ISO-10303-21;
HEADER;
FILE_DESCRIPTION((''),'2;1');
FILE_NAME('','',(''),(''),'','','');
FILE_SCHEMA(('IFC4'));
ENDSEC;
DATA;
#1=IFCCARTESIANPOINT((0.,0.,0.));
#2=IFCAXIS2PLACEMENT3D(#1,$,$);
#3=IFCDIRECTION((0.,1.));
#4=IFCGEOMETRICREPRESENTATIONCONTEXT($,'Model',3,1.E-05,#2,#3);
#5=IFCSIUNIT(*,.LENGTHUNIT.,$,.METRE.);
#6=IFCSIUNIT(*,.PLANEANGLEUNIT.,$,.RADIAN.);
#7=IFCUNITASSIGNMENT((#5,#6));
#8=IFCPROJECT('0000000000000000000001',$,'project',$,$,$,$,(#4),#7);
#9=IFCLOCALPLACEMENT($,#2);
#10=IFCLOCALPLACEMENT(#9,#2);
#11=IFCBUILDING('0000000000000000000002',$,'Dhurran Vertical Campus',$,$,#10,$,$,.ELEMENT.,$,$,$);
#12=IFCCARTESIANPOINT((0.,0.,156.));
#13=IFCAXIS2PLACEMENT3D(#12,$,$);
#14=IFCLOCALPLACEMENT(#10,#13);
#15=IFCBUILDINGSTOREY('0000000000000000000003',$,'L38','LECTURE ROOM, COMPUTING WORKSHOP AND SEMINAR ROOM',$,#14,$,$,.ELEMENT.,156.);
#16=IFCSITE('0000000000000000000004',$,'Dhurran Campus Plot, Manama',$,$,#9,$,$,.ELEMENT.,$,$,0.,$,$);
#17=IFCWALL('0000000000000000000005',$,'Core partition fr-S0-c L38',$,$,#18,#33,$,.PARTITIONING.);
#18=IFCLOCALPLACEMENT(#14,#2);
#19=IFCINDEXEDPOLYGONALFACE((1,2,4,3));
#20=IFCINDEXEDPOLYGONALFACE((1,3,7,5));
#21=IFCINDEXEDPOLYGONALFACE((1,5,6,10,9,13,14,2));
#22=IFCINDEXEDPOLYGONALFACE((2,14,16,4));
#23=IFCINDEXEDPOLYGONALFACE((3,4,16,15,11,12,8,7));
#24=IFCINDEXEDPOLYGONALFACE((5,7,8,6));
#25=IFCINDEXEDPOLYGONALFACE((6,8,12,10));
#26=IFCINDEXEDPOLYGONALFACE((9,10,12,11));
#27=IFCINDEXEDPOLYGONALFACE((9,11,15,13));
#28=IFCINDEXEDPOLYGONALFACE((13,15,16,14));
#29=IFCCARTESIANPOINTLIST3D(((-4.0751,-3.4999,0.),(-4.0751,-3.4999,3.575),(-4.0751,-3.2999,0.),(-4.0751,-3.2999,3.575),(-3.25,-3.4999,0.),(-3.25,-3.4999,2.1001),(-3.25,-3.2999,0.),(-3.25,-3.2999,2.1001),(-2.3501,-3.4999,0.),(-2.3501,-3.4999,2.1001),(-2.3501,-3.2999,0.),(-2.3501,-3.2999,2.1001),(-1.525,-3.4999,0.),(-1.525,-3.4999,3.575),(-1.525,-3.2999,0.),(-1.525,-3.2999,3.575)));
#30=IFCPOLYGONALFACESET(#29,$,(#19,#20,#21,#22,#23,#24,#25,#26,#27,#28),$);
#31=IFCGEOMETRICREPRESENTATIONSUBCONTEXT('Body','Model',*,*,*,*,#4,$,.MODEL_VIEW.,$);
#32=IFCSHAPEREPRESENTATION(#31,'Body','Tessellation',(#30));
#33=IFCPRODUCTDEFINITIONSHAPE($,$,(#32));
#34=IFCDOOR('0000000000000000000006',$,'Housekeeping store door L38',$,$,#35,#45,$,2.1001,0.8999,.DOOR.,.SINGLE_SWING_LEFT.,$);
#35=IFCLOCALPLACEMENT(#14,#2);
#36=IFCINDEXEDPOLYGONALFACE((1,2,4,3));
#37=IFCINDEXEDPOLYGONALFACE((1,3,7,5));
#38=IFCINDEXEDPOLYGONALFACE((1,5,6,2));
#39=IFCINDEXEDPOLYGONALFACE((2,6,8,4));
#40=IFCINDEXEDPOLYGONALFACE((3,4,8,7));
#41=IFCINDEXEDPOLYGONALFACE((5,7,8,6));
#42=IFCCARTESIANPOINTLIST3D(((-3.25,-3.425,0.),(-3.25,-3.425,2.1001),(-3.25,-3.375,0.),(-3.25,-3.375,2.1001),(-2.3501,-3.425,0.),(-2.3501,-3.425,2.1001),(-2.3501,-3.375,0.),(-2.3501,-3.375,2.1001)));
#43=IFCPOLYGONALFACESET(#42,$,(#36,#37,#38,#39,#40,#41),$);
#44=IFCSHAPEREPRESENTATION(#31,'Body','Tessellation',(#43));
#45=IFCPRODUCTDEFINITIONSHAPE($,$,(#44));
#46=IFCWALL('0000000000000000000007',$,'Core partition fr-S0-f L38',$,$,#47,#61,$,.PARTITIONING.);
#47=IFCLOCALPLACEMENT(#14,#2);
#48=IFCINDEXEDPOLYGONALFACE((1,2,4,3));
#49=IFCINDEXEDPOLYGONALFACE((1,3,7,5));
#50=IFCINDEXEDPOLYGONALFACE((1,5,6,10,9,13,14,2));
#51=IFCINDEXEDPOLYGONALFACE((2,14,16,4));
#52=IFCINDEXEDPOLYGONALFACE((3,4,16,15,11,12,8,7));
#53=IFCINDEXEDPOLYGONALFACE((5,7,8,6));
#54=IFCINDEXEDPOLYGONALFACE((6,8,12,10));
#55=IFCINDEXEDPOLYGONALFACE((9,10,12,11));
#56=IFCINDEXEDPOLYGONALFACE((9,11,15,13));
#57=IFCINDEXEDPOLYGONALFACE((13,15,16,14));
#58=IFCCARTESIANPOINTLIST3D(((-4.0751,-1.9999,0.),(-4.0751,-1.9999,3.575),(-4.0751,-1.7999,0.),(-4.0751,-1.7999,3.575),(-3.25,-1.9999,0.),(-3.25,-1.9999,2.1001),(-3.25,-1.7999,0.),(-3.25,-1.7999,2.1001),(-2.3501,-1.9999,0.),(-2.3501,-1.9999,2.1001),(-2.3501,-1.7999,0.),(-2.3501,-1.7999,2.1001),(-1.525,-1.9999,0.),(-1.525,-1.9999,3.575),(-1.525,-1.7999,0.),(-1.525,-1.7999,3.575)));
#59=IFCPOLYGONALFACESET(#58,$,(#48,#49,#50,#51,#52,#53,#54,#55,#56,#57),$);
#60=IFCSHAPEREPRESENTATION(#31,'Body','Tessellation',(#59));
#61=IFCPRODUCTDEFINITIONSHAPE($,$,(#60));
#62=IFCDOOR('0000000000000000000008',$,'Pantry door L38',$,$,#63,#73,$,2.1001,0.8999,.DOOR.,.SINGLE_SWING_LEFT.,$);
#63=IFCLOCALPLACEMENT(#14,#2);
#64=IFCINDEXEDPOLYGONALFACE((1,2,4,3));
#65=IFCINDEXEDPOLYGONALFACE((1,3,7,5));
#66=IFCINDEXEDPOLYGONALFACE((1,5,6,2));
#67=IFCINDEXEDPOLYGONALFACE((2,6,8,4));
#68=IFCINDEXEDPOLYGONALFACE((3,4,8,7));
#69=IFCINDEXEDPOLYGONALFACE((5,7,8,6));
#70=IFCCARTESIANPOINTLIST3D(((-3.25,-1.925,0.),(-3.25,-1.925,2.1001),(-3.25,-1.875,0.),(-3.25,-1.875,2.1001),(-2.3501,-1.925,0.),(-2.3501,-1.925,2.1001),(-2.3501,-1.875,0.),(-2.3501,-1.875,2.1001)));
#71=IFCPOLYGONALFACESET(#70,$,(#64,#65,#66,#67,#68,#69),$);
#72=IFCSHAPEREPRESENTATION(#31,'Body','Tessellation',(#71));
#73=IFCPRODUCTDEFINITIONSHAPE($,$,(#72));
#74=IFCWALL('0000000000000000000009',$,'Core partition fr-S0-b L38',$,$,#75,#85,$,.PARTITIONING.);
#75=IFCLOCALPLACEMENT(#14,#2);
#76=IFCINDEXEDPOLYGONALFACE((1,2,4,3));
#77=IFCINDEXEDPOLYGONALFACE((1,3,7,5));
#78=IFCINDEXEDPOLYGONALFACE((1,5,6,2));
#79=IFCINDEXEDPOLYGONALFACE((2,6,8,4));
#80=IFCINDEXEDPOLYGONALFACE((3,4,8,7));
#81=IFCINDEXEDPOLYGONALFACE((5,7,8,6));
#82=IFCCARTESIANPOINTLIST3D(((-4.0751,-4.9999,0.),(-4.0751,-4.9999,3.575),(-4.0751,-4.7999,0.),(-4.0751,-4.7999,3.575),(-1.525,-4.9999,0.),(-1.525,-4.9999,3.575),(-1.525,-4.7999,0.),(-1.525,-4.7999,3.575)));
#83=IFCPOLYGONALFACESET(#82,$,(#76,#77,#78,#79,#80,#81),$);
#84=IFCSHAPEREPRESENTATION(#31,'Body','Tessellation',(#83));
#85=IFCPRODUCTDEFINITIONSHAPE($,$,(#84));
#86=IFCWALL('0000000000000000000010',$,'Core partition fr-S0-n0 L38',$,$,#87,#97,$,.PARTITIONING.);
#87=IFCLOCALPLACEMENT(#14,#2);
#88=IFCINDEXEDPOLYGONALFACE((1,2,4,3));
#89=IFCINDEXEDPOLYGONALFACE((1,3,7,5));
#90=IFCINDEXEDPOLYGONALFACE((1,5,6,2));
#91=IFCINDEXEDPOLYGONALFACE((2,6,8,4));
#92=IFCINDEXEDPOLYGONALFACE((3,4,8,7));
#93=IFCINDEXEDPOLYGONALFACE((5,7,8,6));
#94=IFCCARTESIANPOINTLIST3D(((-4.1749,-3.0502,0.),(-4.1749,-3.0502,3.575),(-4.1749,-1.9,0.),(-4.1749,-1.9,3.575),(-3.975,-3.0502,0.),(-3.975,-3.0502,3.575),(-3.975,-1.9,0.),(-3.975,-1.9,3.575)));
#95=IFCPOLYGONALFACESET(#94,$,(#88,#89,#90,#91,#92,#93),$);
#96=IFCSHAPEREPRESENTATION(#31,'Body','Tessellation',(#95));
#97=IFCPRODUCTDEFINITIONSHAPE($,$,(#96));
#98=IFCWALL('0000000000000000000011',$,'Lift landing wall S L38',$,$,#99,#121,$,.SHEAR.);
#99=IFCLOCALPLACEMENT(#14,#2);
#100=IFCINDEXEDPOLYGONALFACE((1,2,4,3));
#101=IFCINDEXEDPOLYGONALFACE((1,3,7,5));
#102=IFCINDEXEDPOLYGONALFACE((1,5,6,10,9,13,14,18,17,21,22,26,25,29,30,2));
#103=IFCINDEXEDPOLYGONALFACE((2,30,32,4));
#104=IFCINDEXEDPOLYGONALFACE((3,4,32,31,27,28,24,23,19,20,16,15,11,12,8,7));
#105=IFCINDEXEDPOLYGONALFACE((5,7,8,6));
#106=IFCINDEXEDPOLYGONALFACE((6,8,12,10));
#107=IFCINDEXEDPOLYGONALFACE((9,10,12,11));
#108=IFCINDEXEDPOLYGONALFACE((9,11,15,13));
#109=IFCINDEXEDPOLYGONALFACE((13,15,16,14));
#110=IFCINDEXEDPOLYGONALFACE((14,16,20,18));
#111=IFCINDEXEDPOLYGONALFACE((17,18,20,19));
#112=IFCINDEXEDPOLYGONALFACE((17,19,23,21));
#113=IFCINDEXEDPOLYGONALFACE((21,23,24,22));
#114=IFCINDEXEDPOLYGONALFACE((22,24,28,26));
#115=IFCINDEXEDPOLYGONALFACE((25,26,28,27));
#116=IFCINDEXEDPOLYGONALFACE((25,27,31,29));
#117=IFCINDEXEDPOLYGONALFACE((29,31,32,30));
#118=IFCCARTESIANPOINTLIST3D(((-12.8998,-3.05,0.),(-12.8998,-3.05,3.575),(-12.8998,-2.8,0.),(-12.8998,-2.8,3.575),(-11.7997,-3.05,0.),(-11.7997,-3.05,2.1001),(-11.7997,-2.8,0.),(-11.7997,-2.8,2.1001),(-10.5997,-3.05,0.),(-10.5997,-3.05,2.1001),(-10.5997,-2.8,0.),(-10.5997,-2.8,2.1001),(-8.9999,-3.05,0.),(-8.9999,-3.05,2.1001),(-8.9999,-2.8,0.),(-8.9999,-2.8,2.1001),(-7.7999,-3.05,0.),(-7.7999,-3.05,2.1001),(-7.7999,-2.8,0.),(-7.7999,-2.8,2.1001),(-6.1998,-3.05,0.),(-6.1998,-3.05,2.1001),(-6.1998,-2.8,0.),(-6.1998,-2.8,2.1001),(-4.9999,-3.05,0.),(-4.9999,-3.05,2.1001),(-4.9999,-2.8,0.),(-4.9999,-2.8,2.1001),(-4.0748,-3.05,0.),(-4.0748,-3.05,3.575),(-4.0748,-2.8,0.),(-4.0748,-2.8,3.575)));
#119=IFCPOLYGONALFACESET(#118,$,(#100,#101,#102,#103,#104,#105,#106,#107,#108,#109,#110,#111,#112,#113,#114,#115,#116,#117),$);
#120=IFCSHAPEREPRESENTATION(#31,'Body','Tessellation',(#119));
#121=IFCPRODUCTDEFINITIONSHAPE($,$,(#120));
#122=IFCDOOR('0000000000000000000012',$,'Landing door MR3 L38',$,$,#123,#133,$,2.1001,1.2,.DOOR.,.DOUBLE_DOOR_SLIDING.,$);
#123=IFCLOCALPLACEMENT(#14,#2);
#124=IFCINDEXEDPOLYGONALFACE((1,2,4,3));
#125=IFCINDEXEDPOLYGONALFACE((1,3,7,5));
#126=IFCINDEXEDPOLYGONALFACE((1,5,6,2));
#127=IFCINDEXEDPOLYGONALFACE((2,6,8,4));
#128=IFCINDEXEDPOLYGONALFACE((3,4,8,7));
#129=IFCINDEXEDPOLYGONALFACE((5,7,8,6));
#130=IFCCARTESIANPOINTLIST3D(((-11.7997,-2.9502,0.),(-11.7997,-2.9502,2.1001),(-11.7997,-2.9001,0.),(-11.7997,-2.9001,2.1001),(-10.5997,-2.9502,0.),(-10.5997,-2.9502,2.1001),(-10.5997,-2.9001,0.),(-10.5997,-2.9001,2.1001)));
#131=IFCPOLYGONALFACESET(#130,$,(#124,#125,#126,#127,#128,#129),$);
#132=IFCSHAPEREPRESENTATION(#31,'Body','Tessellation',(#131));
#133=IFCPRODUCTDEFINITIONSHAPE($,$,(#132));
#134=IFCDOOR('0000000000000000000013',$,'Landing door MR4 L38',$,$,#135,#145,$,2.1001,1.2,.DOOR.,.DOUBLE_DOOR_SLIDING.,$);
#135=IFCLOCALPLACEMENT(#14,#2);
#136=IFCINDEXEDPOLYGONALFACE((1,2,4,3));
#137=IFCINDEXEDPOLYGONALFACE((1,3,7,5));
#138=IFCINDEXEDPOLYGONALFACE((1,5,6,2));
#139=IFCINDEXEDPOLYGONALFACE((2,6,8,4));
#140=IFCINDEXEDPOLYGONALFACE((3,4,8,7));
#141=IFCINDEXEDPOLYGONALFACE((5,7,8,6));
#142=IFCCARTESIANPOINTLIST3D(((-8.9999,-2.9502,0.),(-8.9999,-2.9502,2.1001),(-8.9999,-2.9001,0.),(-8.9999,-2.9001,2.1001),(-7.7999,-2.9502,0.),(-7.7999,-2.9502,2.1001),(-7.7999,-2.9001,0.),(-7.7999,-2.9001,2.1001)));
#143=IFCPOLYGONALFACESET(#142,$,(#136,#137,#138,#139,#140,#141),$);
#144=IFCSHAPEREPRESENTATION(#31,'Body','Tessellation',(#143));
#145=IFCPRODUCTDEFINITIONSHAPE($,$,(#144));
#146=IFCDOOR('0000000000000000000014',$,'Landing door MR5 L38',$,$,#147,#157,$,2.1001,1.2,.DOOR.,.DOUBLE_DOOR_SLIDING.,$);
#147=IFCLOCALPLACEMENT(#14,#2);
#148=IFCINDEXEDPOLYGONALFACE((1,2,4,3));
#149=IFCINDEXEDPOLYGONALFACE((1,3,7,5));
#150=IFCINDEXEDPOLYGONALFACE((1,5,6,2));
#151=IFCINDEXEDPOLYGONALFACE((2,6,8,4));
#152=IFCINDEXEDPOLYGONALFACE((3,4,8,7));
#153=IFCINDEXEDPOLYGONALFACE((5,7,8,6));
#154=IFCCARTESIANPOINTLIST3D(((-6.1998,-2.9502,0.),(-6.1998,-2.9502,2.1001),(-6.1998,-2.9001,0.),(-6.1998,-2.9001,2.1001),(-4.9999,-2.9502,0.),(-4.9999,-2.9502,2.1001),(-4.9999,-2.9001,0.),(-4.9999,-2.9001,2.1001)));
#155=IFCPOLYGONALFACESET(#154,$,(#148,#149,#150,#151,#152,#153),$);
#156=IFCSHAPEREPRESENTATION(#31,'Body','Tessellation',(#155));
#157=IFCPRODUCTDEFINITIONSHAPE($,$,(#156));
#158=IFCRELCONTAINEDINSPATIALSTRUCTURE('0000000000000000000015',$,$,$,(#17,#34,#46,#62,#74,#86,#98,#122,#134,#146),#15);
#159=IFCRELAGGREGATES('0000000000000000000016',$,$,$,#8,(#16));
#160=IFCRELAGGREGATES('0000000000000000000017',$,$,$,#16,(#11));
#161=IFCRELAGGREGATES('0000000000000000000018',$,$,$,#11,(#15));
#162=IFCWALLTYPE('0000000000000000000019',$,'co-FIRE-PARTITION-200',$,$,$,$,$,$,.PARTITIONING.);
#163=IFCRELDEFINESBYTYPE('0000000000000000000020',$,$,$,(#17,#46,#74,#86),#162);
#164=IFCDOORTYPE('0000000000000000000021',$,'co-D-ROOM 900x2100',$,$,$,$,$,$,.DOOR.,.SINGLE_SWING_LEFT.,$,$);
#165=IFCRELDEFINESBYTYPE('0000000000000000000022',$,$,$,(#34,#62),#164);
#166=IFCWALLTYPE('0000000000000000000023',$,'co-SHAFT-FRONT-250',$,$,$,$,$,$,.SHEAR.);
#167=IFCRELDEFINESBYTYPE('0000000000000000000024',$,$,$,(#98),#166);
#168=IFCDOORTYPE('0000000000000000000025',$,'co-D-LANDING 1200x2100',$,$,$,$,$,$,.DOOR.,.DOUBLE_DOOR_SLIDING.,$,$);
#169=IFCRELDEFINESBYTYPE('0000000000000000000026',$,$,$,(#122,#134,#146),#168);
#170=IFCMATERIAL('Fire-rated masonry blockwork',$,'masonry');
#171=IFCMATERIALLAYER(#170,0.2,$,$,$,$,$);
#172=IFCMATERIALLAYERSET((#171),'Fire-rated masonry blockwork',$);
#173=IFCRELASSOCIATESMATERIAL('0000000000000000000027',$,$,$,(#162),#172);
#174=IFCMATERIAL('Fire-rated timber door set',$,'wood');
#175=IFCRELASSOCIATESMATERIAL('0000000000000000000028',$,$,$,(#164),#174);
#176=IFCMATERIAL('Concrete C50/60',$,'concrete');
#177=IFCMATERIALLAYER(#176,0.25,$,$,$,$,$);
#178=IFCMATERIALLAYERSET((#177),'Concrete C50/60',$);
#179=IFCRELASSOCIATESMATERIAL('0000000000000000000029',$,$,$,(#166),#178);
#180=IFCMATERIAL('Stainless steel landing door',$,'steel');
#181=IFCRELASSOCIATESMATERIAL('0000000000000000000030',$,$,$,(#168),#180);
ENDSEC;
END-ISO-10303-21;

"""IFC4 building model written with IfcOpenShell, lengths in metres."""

from ifc_helpers import new_model, si_unit, direction, frame, frame_2d, origin, place, context, subcontext, project, spatial, rectangle, extrude, material, layer, layer_set, type_object, element, fill, save


model = new_model("IFC4")

# Units and contexts
model_context = context("Model", 3, precision=1e-05, world=origin(), true_north=direction((0.0, 1.0)))
body_context = subcontext(model_context, "Body", "Model", "MODEL_VIEW")
ifc_project = project(units=[si_unit("LENGTHUNIT", "METRE"), si_unit("PLANEANGLEUNIT", "RADIAN")], contexts=[model_context])

# Site, building, storey
site_placement = place(None, origin())
site = spatial("IfcSite", under=ifc_project, at=site_placement, Name="Dhurran Campus Plot, Manama", CompositionType="ELEMENT", RefElevation=0.0)
building_placement = place(site_placement, origin())
building = spatial("IfcBuilding", under=site, at=building_placement, Name="Dhurran Vertical Campus", CompositionType="ELEMENT")
storey_placement = place(building_placement, frame((0.0, 0.0, 156.0)))
storey = spatial("IfcBuildingStorey", under=building, at=storey_placement, Name="L38", Description="LECTURE ROOM, COMPUTING WORKSHOP AND SEMINAR ROOM", CompositionType="ELEMENT", Elevation=156.0)

# Shared definitions
ifc_material_1 = material(Name="Fire-rated masonry blockwork", Category="masonry")
ifc_layer_1 = layer(ifc_material_1, 0.2)
ifc_layer_set_1 = layer_set([ifc_layer_1], Name="Fire-rated masonry blockwork")
wall_type_1 = type_object("IfcWallType", Name="co-FIRE-PARTITION-200", PredefinedType="PARTITIONING", material=ifc_layer_set_1)

# Walls, openings, doors
wall_1_placement = place(storey_placement, frame((-4.075, -3.3999, 0.0), z_axis=(0.0, 0.0, 1.0), x_axis=(1.0, 0.0, 0.0)))
wall_1 = element("IfcWall", 1, at=wall_1_placement, inside=storey, type_object=wall_type_1, Name="Core partition fr-S0-c L38", PredefinedType="PARTITIONING", context=body_context, shape_type="SweptSolid", body=[
    extrude(rectangle(XDim=2.55, YDim=0.2, at=frame_2d((1.2749, 0.0))), origin(), (0.0, 0.0, 1.0), 3.575),
])
opening_1_placement = place(wall_1_placement, frame((0.825, 0.0, 0.0)))
opening_1 = element("IfcOpeningElement", 2, at=opening_1_placement, cuts=wall_1, PredefinedType="OPENING", context=body_context, shape_type="SweptSolid", body=[
    extrude(rectangle(XDim=0.8999, YDim=2.1001, at=frame_2d((0.45, 1.05))), frame((0.0, 0.1099, 0.0), z_axis=(0.0, -1.0, 0.0), x_axis=(1.0, 0.0, 0.0)), (0.0, 0.0, 1.0), 0.22),
])
ifc_material_2 = material(Name="Fire-rated timber door set", Category="wood")
door_type_1 = type_object("IfcDoorType", Name="co-D-ROOM 900x2100", OperationType="SINGLE_SWING_LEFT", PredefinedType="DOOR", material=ifc_material_2)
door_1_placement = place(opening_1_placement, origin())
door_1 = element("IfcDoor", 3, at=door_1_placement, inside=storey, type_object=door_type_1, Name="Housekeeping store door L38", OperationType="SINGLE_SWING_LEFT", OverallHeight=2.1001, OverallWidth=0.8999, PredefinedType="DOOR", context=body_context, shape_type="SweptSolid", body=[
    extrude(rectangle(XDim=0.8999, YDim=2.1001, at=frame_2d((0.45, 1.05))), frame((0.0, 0.0249, 0.0), z_axis=(0.0, -1.0, 0.0), x_axis=(1.0, 0.0, 0.0)), (0.0, 0.0, 1.0), 0.05),
])
fill(opening_1, door_1)
wall_2_placement = place(storey_placement, frame((-4.075, -1.8999, 0.0), z_axis=(0.0, 0.0, 1.0), x_axis=(1.0, 0.0, 0.0)))
wall_2 = element("IfcWall", 4, at=wall_2_placement, inside=storey, type_object=wall_type_1, Name="Core partition fr-S0-f L38", PredefinedType="PARTITIONING", context=body_context, shape_type="SweptSolid", body=[
    extrude(rectangle(XDim=2.55, YDim=0.2, at=frame_2d((1.2749, 0.0))), origin(), (0.0, 0.0, 1.0), 3.575),
])
opening_2_placement = place(wall_2_placement, frame((0.825, 0.0, 0.0)))
opening_2 = element("IfcOpeningElement", 5, at=opening_2_placement, cuts=wall_2, PredefinedType="OPENING", context=body_context, shape_type="SweptSolid", body=[
    extrude(rectangle(XDim=0.8999, YDim=2.1001, at=frame_2d((0.45, 1.05))), frame((0.0, 0.1099, 0.0), z_axis=(0.0, -1.0, 0.0), x_axis=(1.0, 0.0, 0.0)), (0.0, 0.0, 1.0), 0.22),
])
door_2_placement = place(opening_2_placement, origin())
door_2 = element("IfcDoor", 6, at=door_2_placement, inside=storey, type_object=door_type_1, Name="Pantry door L38", OperationType="SINGLE_SWING_LEFT", OverallHeight=2.1001, OverallWidth=0.8999, PredefinedType="DOOR", context=body_context, shape_type="SweptSolid", body=[
    extrude(rectangle(XDim=0.8999, YDim=2.1001, at=frame_2d((0.45, 1.05))), frame((0.0, 0.0249, 0.0), z_axis=(0.0, -1.0, 0.0), x_axis=(1.0, 0.0, 0.0)), (0.0, 0.0, 1.0), 0.05),
])
fill(opening_2, door_2)

# Walls
wall_3_placement = place(storey_placement, frame((-4.075, -4.8999, 0.0), z_axis=(0.0, 0.0, 1.0), x_axis=(1.0, 0.0, 0.0)))
element("IfcWall", 7, at=wall_3_placement, inside=storey, type_object=wall_type_1, Name="Core partition fr-S0-b L38", PredefinedType="PARTITIONING", context=body_context, shape_type="SweptSolid", body=[
    extrude(rectangle(XDim=2.55, YDim=0.2, at=frame_2d((1.2749, 0.0))), origin(), (0.0, 0.0, 1.0), 3.575),
])
wall_4_placement = place(storey_placement, frame((-4.075, -1.8999, 0.0), z_axis=(0.0, 0.0, 1.0), x_axis=(0.0, -1.0, 0.0)))
element("IfcWall", 8, at=wall_4_placement, inside=storey, type_object=wall_type_1, Name="Core partition fr-S0-n0 L38", PredefinedType="PARTITIONING", context=body_context, shape_type="SweptSolid", body=[
    extrude(rectangle(XDim=1.1501, YDim=0.2, at=frame_2d((0.5752, 0.0))), origin(), (0.0, 0.0, 1.0), 3.575),
])

# Wall, openings, doors
ifc_material_3 = material(Name="Concrete C50/60", Category="concrete")
ifc_layer_2 = layer(ifc_material_3, 0.25)
ifc_layer_set_2 = layer_set([ifc_layer_2], Name="Concrete C50/60")
wall_type_2 = type_object("IfcWallType", Name="co-SHAFT-FRONT-250", PredefinedType="SHEAR", material=ifc_layer_set_2)
wall_5_placement = place(storey_placement, frame((-12.8999, -2.925, 0.0), z_axis=(0.0, 0.0, 1.0), x_axis=(1.0, 0.0, 0.0)))
wall_5 = element("IfcWall", 9, at=wall_5_placement, inside=storey, type_object=wall_type_2, Name="Lift landing wall S L38", PredefinedType="SHEAR", context=body_context, shape_type="SweptSolid", body=[
    extrude(rectangle(XDim=8.825, YDim=0.25, at=frame_2d((4.4126, 0.0))), origin(), (0.0, 0.0, 1.0), 3.575),
])
opening_3_placement = place(wall_5_placement, frame((1.1001, 0.0, 0.0)))
opening_3 = element("IfcOpeningElement", 10, at=opening_3_placement, cuts=wall_5, PredefinedType="OPENING", context=body_context, shape_type="SweptSolid", body=[
    extrude(rectangle(XDim=1.2, YDim=2.1001, at=frame_2d((0.6001, 1.05))), frame((0.0, 0.135, 0.0), z_axis=(0.0, -1.0, 0.0), x_axis=(1.0, 0.0, 0.0)), (0.0, 0.0, 1.0), 0.27),
])
opening_4_placement = place(wall_5_placement, frame((3.8999, 0.0, 0.0)))
opening_4 = element("IfcOpeningElement", 11, at=opening_4_placement, cuts=wall_5, PredefinedType="OPENING", context=body_context, shape_type="SweptSolid", body=[
    extrude(rectangle(XDim=1.2, YDim=2.1001, at=frame_2d((0.6001, 1.05))), frame((0.0, 0.135, 0.0), z_axis=(0.0, -1.0, 0.0), x_axis=(1.0, 0.0, 0.0)), (0.0, 0.0, 1.0), 0.27),
])
opening_5_placement = place(wall_5_placement, frame((6.7, 0.0, 0.0)))
opening_5 = element("IfcOpeningElement", 12, at=opening_5_placement, cuts=wall_5, PredefinedType="OPENING", context=body_context, shape_type="SweptSolid", body=[
    extrude(rectangle(XDim=1.2, YDim=2.1001, at=frame_2d((0.6001, 1.05))), frame((0.0, 0.135, 0.0), z_axis=(0.0, -1.0, 0.0), x_axis=(1.0, 0.0, 0.0)), (0.0, 0.0, 1.0), 0.27),
])
ifc_material_4 = material(Name="Stainless steel landing door", Category="steel")
door_type_2 = type_object("IfcDoorType", Name="co-D-LANDING 1200x2100", OperationType="DOUBLE_DOOR_SLIDING", PredefinedType="DOOR", material=ifc_material_4)
door_3_placement = place(opening_3_placement, origin())
door_3 = element("IfcDoor", 13, at=door_3_placement, inside=storey, type_object=door_type_2, Name="Landing door MR3 L38", OperationType="DOUBLE_DOOR_SLIDING", OverallHeight=2.1001, OverallWidth=1.2, PredefinedType="DOOR", context=body_context, shape_type="SweptSolid", body=[
    extrude(rectangle(XDim=1.2, YDim=2.1001, at=frame_2d((0.6001, 1.05))), frame((0.0, 0.0249, 0.0), z_axis=(0.0, -1.0, 0.0), x_axis=(1.0, 0.0, 0.0)), (0.0, 0.0, 1.0), 0.05),
])
fill(opening_3, door_3)
door_4_placement = place(opening_4_placement, origin())
door_4 = element("IfcDoor", 14, at=door_4_placement, inside=storey, type_object=door_type_2, Name="Landing door MR4 L38", OperationType="DOUBLE_DOOR_SLIDING", OverallHeight=2.1001, OverallWidth=1.2, PredefinedType="DOOR", context=body_context, shape_type="SweptSolid", body=[
    extrude(rectangle(XDim=1.2, YDim=2.1001, at=frame_2d((0.6001, 1.05))), frame((0.0, 0.0249, 0.0), z_axis=(0.0, -1.0, 0.0), x_axis=(1.0, 0.0, 0.0)), (0.0, 0.0, 1.0), 0.05),
])
fill(opening_4, door_4)
door_5_placement = place(opening_5_placement, origin())
door_5 = element("IfcDoor", 15, at=door_5_placement, inside=storey, type_object=door_type_2, Name="Landing door MR5 L38", OperationType="DOUBLE_DOOR_SLIDING", OverallHeight=2.1001, OverallWidth=1.2, PredefinedType="DOOR", context=body_context, shape_type="SweptSolid", body=[
    extrude(rectangle(XDim=1.2, YDim=2.1001, at=frame_2d((0.6001, 1.05))), frame((0.0, 0.0249, 0.0), z_axis=(0.0, -1.0, 0.0), x_axis=(1.0, 0.0, 0.0)), (0.0, 0.0, 1.0), 0.05),
])
fill(opening_5, door_5)

save(model, "model.ifc")
